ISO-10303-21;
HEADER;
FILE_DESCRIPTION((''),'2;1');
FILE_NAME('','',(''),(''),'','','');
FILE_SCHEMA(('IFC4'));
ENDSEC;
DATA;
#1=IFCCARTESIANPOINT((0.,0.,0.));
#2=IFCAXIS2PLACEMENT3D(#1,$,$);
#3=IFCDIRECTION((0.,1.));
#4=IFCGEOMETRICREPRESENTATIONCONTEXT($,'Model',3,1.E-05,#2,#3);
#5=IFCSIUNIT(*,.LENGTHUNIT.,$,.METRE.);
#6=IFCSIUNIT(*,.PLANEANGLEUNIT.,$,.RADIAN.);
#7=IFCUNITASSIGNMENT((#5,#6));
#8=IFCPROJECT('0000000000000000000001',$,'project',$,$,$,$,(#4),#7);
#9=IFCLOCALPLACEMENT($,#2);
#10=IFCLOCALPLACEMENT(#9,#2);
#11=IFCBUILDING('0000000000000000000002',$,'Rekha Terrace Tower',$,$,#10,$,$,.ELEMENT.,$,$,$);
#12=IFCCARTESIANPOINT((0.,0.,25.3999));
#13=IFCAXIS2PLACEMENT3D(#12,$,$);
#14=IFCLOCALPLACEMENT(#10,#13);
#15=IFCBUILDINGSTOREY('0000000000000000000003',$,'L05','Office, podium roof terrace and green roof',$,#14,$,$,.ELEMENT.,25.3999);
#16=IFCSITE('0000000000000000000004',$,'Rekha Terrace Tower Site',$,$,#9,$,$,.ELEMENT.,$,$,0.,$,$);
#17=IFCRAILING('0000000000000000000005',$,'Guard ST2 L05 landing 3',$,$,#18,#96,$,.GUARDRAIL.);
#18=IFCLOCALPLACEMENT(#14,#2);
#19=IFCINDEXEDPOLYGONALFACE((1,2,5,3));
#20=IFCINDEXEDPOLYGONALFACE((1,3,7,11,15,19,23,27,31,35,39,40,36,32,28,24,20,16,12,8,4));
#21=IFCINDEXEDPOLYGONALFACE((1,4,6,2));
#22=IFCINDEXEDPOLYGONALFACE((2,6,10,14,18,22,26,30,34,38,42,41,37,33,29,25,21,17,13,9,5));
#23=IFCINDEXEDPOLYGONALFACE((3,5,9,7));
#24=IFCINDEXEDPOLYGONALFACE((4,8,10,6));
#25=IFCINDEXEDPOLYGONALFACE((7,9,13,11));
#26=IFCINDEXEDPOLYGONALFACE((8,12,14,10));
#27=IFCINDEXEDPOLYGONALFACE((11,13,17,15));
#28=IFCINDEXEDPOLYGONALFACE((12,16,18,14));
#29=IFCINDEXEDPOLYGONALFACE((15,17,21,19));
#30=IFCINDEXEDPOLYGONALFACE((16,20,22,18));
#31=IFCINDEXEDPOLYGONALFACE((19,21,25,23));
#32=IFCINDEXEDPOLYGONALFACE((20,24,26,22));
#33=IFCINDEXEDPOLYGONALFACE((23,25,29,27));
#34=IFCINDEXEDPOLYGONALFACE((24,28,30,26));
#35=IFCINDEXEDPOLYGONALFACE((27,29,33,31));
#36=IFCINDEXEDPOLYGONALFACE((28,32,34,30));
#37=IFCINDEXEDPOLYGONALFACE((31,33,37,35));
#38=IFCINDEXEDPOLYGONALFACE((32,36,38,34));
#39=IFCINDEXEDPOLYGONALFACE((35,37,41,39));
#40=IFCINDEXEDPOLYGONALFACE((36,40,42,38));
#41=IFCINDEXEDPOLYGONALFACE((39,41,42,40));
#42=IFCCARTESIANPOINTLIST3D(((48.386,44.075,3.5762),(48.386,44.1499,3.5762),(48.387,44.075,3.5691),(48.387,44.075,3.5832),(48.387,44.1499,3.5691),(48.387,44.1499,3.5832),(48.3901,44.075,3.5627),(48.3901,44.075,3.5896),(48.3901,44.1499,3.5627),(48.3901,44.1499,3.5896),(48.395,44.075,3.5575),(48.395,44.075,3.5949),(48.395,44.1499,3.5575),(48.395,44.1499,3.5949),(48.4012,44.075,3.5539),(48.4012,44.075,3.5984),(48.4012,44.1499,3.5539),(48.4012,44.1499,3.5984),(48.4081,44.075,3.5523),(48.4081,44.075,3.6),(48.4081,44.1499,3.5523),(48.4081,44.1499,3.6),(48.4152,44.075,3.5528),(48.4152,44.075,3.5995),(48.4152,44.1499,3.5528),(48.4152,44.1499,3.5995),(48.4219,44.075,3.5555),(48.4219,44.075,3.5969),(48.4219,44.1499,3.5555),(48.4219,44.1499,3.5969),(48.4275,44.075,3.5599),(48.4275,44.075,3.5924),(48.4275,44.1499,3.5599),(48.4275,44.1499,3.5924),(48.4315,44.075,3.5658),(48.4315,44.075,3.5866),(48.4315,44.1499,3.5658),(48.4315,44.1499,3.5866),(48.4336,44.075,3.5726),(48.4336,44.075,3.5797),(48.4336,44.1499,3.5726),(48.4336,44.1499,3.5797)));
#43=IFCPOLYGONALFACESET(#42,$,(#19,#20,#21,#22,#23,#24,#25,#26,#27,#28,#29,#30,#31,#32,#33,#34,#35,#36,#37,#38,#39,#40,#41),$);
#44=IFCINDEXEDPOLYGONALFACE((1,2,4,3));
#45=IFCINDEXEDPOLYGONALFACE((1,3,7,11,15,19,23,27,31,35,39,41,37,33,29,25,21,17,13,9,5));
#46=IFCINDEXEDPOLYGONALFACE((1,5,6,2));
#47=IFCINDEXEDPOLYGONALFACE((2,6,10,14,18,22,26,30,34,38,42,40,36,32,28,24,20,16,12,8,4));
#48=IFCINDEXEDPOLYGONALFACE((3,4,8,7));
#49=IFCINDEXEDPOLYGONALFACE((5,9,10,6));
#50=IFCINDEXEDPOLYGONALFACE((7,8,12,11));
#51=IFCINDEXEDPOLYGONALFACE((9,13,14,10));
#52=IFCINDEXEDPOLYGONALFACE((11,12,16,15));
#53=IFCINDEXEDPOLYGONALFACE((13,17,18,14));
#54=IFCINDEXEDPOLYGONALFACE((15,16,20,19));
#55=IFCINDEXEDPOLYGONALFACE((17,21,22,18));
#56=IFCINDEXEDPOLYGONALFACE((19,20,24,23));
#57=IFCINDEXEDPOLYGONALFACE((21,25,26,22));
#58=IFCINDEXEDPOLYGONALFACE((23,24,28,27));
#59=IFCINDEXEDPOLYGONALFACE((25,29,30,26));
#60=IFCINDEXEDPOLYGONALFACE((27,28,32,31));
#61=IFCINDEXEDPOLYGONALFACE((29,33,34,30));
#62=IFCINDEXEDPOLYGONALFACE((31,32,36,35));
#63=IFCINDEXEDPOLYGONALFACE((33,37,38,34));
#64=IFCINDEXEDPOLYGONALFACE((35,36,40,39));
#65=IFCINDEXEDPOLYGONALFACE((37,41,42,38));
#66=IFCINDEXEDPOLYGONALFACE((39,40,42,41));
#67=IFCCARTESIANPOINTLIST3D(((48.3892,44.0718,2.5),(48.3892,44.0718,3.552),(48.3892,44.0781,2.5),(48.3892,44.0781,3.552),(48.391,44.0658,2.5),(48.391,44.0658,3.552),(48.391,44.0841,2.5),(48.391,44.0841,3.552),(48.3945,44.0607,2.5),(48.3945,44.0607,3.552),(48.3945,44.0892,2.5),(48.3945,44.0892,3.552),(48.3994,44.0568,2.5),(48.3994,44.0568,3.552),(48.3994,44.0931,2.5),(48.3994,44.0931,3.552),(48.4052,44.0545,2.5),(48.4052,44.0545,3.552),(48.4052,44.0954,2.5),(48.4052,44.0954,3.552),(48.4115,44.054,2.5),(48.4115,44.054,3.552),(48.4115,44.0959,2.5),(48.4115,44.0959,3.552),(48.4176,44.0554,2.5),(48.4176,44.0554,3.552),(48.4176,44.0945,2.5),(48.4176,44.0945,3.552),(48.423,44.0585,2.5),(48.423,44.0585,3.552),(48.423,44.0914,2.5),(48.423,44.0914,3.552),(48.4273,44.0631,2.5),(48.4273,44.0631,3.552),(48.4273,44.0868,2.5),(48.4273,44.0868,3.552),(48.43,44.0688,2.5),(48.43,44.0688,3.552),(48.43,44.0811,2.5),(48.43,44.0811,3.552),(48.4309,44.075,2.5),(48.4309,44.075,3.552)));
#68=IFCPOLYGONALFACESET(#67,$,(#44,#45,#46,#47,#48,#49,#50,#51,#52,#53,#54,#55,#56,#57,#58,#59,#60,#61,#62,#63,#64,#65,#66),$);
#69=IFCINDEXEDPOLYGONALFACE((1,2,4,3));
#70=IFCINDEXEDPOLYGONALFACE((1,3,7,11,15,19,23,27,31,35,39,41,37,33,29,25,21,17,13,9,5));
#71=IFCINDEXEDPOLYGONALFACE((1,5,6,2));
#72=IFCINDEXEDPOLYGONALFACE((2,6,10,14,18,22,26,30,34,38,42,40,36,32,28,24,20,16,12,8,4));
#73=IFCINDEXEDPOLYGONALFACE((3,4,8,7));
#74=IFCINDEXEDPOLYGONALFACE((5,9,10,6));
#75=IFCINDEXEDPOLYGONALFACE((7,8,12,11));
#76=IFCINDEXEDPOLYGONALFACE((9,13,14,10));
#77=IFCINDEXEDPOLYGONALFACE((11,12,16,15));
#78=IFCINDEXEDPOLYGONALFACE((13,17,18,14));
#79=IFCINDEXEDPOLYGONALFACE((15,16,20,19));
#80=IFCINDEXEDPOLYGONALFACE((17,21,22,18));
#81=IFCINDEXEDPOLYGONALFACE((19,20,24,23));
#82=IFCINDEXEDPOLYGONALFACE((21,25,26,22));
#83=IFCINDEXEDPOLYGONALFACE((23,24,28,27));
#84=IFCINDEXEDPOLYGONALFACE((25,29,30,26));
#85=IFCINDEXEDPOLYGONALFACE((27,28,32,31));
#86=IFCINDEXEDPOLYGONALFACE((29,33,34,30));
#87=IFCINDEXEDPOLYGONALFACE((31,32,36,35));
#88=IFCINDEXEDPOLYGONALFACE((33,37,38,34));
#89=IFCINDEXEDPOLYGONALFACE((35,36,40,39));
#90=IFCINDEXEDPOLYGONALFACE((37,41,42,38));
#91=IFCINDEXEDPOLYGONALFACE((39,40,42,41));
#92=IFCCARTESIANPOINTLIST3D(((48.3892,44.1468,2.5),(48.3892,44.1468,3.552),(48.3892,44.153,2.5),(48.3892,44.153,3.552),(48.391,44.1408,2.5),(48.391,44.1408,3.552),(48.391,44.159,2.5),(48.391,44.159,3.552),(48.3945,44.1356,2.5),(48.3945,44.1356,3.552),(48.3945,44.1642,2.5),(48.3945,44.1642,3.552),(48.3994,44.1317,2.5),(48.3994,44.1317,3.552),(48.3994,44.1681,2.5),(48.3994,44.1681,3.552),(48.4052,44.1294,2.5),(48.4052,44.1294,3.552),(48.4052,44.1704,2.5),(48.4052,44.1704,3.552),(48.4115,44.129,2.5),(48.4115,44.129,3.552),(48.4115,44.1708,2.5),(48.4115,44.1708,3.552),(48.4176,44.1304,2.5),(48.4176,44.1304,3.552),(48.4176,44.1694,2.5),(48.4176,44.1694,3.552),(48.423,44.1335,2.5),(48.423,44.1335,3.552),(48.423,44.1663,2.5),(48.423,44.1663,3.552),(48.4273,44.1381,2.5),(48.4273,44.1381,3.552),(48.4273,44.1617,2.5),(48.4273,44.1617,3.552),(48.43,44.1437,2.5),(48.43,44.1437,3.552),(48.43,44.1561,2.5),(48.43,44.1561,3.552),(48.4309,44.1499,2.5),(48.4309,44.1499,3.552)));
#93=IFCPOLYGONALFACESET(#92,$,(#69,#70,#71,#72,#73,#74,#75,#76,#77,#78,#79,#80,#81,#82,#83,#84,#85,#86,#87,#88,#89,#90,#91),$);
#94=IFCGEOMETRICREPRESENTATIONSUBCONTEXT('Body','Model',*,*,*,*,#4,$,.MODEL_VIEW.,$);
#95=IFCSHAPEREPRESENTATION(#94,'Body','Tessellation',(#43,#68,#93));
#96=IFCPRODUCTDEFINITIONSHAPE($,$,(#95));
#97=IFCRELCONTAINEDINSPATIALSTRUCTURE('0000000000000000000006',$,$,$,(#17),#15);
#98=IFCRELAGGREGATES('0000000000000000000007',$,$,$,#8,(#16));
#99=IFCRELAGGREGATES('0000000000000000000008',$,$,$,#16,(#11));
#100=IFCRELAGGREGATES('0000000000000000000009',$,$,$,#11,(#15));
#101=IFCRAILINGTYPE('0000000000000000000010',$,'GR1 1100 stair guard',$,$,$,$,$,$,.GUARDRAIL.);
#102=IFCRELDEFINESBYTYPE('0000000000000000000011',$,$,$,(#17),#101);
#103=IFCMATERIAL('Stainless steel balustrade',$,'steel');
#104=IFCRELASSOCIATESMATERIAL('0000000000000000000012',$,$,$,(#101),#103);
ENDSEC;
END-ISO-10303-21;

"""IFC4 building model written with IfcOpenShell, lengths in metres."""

from ifc_helpers import new_model, si_unit, direction, frame, origin, origin_2d, place, context, subcontext, project, spatial, circle, extrude, material, type_object, element, save


model = new_model("IFC4")

# Units and contexts
model_context = context("Model", 3, precision=1e-05, world=origin(), true_north=direction((0.0, 1.0)))
body_context = subcontext(model_context, "Body", "Model", "MODEL_VIEW")
ifc_project = project(units=[si_unit("LENGTHUNIT", "METRE"), si_unit("PLANEANGLEUNIT", "RADIAN")], contexts=[model_context])

# Site, building, storey
site_placement = place(None, origin())
site = spatial("IfcSite", under=ifc_project, at=site_placement, Name="Rekha Terrace Tower Site", CompositionType="ELEMENT", RefElevation=0.0)
building_placement = place(site_placement, origin())
building = spatial("IfcBuilding", under=site, at=building_placement, Name="Rekha Terrace Tower", CompositionType="ELEMENT")
storey_placement = place(building_placement, frame((0.0, 0.0, 25.3999)))
storey = spatial("IfcBuildingStorey", under=building, at=storey_placement, Name="L05", Description="Office, podium roof terrace and green roof", CompositionType="ELEMENT", Elevation=25.3999)

# Railing
ifc_material_1 = material(Name="Stainless steel balustrade", Category="steel")
railing_type_1 = type_object("IfcRailingType", Name="GR1 1100 stair guard", PredefinedType="GUARDRAIL", material=ifc_material_1)
railing_1_placement = place(storey_placement, frame((48.4099, 44.075, 2.5)))
element("IfcRailing", 1, at=railing_1_placement, inside=storey, type_object=railing_type_1, Name="Guard ST2 L05 landing 3", PredefinedType="GUARDRAIL", context=body_context, shape_type="SweptSolid", body=[
    extrude(circle(Radius=0.0239, at=origin_2d()), frame((0.0, 0.0, 1.0762), z_axis=(0.0, 1.0, 0.0), x_axis=(-1.0, 0.0, 0.0)), (0.0, 0.0, 1.0), 0.075),
    extrude(circle(Radius=0.021, at=origin_2d()), origin(), (0.0, 0.0, 1.0), 1.052),
    extrude(circle(Radius=0.021, at=origin_2d()), frame((0.0, 0.075, 0.0)), (0.0, 0.0, 1.0), 1.052),
])

save(model, "model.ifc")
